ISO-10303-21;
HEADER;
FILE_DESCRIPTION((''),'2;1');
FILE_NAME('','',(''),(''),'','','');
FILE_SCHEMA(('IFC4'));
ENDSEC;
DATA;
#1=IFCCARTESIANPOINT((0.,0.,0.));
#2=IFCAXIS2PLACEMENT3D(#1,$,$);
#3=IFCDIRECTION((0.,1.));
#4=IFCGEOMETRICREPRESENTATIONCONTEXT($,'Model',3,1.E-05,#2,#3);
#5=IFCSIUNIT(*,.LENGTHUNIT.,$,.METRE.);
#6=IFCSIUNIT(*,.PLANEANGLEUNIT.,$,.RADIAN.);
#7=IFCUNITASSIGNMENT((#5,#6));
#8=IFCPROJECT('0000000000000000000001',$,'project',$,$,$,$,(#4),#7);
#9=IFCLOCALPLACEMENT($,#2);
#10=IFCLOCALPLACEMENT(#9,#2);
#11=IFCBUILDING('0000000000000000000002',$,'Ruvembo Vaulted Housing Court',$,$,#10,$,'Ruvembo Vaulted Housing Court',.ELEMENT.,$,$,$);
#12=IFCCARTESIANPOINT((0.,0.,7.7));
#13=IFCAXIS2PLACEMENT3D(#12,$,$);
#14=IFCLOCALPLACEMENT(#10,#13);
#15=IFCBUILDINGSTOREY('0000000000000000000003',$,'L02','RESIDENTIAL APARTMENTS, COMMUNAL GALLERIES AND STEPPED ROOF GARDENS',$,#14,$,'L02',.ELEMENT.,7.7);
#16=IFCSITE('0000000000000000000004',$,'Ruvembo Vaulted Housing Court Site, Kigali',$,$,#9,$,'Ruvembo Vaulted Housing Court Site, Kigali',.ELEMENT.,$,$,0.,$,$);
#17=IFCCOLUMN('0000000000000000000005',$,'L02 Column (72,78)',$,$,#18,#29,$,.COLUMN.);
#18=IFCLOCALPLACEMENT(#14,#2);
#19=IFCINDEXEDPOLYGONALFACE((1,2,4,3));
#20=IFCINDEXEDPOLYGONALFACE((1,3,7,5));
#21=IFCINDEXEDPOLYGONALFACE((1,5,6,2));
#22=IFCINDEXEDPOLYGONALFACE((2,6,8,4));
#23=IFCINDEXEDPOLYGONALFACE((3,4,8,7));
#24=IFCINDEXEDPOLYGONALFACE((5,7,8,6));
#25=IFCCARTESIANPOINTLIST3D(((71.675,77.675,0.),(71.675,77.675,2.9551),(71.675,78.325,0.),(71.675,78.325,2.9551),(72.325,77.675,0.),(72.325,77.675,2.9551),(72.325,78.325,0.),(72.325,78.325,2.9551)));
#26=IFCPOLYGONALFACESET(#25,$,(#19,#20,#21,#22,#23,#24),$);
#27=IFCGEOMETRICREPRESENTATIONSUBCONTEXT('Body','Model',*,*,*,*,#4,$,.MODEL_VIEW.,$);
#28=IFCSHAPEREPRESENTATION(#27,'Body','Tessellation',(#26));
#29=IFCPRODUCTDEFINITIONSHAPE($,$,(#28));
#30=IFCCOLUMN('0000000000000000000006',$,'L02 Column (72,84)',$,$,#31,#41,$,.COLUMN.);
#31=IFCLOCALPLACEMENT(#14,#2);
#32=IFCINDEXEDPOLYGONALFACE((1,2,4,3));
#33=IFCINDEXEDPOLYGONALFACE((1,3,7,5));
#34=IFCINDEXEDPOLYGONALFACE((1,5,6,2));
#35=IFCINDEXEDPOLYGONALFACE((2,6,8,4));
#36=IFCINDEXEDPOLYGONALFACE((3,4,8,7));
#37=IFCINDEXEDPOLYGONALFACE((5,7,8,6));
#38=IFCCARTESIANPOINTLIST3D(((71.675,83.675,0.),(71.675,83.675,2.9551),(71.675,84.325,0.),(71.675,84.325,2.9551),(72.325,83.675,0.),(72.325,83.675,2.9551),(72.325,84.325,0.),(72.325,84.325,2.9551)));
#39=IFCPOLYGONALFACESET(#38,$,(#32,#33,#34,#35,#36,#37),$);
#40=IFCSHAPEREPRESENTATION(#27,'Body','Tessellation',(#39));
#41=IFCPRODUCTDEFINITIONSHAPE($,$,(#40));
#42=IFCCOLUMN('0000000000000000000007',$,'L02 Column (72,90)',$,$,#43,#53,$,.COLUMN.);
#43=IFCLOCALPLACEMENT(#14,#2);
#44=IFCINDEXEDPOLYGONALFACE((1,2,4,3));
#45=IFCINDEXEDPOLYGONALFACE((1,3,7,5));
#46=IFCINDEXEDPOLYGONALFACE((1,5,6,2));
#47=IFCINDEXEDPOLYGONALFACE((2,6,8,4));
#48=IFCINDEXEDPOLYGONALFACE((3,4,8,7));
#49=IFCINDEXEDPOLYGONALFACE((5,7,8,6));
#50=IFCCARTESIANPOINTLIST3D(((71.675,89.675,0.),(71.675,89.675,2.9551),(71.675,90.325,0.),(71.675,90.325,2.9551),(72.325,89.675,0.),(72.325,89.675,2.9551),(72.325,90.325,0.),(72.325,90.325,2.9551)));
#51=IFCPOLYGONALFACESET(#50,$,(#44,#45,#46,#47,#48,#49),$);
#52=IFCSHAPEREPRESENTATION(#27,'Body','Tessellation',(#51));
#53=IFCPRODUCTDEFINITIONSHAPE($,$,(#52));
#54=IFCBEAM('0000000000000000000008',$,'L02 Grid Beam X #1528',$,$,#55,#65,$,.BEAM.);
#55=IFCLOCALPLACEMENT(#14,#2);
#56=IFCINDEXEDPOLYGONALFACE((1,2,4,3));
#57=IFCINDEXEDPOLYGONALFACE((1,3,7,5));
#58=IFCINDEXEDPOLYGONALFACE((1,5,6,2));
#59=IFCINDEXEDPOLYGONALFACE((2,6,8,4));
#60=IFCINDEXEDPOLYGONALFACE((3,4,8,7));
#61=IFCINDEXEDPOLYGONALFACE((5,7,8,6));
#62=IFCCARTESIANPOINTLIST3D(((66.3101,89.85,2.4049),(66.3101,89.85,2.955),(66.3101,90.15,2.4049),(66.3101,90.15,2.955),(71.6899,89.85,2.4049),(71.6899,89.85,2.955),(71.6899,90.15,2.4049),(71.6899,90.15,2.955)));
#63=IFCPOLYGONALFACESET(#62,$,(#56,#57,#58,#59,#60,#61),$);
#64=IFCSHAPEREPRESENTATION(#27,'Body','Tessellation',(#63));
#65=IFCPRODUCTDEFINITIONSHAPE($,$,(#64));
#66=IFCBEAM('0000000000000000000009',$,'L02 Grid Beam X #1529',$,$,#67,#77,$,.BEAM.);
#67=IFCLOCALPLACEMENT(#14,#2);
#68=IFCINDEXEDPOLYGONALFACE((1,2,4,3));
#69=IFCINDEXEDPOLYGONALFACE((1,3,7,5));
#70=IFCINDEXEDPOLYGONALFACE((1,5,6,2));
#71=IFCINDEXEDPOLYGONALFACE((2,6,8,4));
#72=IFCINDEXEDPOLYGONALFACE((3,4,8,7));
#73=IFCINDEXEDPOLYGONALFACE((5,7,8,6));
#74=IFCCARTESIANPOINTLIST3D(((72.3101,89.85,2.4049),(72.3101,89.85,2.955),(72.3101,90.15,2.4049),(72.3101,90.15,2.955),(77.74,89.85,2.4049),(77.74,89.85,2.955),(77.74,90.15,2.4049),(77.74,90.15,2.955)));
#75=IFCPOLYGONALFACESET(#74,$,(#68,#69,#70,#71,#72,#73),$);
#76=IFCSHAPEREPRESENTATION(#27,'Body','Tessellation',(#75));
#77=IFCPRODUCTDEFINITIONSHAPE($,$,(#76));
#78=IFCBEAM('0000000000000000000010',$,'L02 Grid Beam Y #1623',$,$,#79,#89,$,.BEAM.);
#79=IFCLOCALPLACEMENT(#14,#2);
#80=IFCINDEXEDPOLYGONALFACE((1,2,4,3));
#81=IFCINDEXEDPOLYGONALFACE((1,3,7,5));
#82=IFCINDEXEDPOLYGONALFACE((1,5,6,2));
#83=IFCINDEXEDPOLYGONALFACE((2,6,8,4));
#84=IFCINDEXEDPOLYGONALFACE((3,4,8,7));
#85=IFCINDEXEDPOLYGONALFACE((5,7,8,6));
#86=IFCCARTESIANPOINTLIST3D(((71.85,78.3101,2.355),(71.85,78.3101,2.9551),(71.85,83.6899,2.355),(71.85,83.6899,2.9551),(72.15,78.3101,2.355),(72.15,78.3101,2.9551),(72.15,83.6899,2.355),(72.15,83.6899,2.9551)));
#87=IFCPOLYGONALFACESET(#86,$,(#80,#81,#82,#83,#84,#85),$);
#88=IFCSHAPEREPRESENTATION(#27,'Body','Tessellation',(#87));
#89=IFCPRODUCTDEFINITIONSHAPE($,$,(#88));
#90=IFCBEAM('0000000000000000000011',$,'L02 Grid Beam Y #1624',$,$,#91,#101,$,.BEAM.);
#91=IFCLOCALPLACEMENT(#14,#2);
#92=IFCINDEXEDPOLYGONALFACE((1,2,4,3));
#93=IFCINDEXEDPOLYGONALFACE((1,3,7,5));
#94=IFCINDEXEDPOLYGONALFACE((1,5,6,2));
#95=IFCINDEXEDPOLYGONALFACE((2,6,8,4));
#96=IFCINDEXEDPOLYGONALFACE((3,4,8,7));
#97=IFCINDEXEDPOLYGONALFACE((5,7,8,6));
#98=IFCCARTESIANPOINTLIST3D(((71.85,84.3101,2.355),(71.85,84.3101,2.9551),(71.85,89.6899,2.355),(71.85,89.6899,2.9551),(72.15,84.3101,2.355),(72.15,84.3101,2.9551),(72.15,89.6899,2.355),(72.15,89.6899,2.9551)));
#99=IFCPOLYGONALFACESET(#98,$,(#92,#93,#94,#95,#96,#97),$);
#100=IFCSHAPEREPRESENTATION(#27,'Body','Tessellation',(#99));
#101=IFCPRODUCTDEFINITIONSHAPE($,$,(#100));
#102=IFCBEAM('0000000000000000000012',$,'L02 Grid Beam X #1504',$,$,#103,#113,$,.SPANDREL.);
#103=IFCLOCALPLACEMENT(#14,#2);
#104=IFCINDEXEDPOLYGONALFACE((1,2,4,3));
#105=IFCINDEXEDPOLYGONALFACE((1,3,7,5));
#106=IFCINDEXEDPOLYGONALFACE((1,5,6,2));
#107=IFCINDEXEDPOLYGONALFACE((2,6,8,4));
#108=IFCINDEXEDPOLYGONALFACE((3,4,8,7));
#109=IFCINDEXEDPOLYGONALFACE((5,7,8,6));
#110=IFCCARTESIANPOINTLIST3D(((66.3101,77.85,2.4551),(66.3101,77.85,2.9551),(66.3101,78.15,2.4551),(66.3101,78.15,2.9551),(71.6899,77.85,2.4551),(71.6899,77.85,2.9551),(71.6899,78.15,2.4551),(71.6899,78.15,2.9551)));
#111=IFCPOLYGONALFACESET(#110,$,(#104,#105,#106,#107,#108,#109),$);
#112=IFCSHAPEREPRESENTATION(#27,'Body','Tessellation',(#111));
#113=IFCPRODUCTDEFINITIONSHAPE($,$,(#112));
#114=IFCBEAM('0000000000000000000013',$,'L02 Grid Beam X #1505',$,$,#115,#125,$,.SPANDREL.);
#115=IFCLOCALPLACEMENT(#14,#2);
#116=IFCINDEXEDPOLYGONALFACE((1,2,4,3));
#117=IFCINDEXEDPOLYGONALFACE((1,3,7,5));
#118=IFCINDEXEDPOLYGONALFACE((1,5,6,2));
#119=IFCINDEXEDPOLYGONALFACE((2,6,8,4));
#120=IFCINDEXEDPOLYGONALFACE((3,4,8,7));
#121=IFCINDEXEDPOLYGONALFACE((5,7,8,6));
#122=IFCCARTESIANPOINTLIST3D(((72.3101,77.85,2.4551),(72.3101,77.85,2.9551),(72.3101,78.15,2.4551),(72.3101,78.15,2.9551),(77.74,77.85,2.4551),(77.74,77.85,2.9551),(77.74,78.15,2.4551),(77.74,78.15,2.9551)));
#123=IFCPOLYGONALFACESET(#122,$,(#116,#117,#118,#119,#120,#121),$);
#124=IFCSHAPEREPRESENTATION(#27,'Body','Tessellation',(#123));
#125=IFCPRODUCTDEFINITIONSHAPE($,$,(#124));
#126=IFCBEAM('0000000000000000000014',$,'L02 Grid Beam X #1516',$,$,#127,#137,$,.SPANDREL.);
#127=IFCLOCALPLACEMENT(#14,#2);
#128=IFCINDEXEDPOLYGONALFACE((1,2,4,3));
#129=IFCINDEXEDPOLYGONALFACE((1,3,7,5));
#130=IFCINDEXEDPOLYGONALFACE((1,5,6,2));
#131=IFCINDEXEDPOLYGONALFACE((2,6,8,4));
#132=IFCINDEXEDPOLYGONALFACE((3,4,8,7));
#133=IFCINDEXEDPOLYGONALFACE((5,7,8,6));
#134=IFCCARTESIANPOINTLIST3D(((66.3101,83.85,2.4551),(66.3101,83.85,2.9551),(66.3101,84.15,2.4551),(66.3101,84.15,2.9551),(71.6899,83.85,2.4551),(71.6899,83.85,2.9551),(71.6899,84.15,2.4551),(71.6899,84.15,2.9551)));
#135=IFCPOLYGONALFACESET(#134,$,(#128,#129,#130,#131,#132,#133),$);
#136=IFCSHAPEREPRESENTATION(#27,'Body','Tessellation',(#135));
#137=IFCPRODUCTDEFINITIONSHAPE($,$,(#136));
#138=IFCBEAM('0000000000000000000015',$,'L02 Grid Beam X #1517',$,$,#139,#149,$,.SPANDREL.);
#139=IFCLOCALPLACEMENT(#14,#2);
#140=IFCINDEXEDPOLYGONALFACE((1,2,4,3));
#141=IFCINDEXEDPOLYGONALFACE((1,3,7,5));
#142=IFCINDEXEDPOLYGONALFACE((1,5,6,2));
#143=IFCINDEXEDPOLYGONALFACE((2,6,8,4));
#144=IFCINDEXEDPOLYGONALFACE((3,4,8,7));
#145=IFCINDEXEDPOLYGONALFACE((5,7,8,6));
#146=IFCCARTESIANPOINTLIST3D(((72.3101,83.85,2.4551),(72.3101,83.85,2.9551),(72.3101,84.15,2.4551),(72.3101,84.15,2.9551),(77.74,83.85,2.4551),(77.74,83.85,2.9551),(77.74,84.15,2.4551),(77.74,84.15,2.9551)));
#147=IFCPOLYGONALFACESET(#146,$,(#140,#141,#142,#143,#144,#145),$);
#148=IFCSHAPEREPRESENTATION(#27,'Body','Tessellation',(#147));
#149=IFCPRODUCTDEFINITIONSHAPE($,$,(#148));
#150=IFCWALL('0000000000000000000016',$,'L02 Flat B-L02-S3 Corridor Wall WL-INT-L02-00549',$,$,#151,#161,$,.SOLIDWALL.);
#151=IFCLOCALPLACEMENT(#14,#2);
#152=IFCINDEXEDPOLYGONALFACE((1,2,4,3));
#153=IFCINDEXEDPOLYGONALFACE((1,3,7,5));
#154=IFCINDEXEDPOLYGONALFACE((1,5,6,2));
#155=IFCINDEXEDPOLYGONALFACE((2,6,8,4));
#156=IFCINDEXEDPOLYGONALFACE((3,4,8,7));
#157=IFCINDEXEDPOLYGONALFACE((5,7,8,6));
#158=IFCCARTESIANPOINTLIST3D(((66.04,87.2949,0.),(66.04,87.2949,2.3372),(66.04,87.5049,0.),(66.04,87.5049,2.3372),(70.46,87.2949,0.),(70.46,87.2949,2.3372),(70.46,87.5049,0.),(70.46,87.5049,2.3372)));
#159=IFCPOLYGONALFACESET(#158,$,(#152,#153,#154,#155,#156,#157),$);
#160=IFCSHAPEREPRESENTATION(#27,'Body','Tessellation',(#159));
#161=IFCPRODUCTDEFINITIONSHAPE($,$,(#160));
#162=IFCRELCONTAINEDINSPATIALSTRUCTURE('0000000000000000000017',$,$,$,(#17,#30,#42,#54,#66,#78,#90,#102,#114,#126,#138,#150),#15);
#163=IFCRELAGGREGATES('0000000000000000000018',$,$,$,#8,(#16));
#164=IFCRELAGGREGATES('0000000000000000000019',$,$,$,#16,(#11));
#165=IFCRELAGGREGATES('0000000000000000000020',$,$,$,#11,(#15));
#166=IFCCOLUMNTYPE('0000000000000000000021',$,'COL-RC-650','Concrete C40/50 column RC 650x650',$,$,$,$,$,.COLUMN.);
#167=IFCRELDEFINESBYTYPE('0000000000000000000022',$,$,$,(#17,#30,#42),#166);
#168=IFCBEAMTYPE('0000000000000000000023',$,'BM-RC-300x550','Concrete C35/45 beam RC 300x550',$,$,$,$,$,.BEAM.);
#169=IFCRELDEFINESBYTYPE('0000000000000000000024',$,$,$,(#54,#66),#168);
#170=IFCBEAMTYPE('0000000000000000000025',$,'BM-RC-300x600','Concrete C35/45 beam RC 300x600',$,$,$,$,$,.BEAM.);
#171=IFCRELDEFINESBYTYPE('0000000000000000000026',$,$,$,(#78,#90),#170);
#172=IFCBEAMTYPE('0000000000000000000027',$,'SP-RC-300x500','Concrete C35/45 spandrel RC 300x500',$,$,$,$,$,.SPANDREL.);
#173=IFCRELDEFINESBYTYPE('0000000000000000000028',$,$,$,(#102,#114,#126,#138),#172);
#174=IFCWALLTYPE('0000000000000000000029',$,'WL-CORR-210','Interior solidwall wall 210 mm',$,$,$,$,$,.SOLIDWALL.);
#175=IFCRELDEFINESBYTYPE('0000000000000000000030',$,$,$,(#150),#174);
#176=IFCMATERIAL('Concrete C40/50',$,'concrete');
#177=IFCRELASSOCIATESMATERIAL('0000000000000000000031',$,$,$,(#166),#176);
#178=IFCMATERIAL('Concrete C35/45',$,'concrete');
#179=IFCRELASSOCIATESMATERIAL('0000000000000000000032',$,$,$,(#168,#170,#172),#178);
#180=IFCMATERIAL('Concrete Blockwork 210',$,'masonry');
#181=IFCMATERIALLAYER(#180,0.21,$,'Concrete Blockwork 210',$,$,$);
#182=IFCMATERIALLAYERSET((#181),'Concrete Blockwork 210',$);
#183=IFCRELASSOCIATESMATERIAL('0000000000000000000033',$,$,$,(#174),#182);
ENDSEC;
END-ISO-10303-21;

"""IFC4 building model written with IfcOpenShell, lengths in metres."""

from ifc_helpers import new_model, si_unit, direction, frame, frame_2d, origin, origin_2d, place, context, subcontext, project, spatial, rectangle, extrude, material, layer, layer_set, material_profile, profile_set, type_object, element, save


model = new_model("IFC4")

# Units and contexts
model_context = context("Model", 3, precision=1e-05, world=origin(), true_north=direction((0.0, 1.0)))
body_context = subcontext(model_context, "Body", "Model", "MODEL_VIEW")
ifc_project = project(units=[si_unit("LENGTHUNIT", "METRE"), si_unit("PLANEANGLEUNIT", "RADIAN")], contexts=[model_context])

# Site, building, storey
site_placement = place(None, origin())
site = spatial("IfcSite", under=ifc_project, at=site_placement, Name="Ruvembo Vaulted Housing Court Site, Kigali", LongName="Ruvembo Vaulted Housing Court Site, Kigali", CompositionType="ELEMENT", RefElevation=0.0)
building_placement = place(site_placement, origin())
building = spatial("IfcBuilding", under=site, at=building_placement, Name="Ruvembo Vaulted Housing Court", LongName="Ruvembo Vaulted Housing Court", CompositionType="ELEMENT")
storey_placement = place(building_placement, frame((0.0, 0.0, 7.7)))
storey = spatial("IfcBuildingStorey", under=building, at=storey_placement, Name="L02", Description="RESIDENTIAL APARTMENTS, COMMUNAL GALLERIES AND STEPPED ROOF GARDENS", LongName="L02", CompositionType="ELEMENT", Elevation=7.7)

# Columns
ifc_material_1 = material(Name="Concrete C40/50", Category="concrete")
ifc_material_profile_1 = material_profile(ifc_material_1, rectangle(XDim=0.6499, YDim=0.6499, at=origin_2d()), Name="RC 650x650")
ifc_profile_set_1 = profile_set([ifc_material_profile_1], Name="Concrete C40/50")
column_type = type_object("IfcColumnType", Name="COL-RC-650", Description="Concrete C40/50 column RC 650x650", PredefinedType="COLUMN", material=ifc_profile_set_1)
for number, where, z_axis, x_axis, name in (
    (1, (72.0, 78.0, 0.0), (0.0, 0.0, 1.0), (1.0, 0.0, 0.0), "L02 Column (72,78)"),
    (2, (72.0, 84.0, 0.0), (0.0, 0.0, 1.0), (1.0, 0.0, 0.0), "L02 Column (72,84)"),
    (3, (72.0, 90.0, 0.0), (0.0, 0.0, 1.0), (1.0, 0.0, 0.0), "L02 Column (72,90)"),
):
    element("IfcColumn", number, at=place(storey_placement, frame(where, z_axis=z_axis, x_axis=x_axis)), inside=storey, type_object=column_type, Name=name, PredefinedType="COLUMN", context=body_context, shape_type="SweptSolid", body=[
        extrude(rectangle(XDim=0.6499, YDim=0.6499, at=origin_2d()), origin(), (0.0, 0.0, 1.0), 2.9551),
    ])

# Beams
ifc_material_2 = material(Name="Concrete C35/45", Category="concrete")
ifc_material_profile_2 = material_profile(ifc_material_2, rectangle(XDim=0.3, YDim=0.55, at=origin_2d()), Name="RC 300x550")
ifc_profile_set_2 = profile_set([ifc_material_profile_2], Name="Concrete C35/45")
beam_type_1 = type_object("IfcBeamType", Name="BM-RC-300x550", Description="Concrete C35/45 beam RC 300x550", PredefinedType="BEAM", material=ifc_profile_set_2)
beam_1_placement = place(storey_placement, frame((66.3101, 90.0, 2.6799), z_axis=(1.0, 0.0, 0.0), x_axis=(0.0, 1.0, 0.0)))
element("IfcBeam", 4, at=beam_1_placement, inside=storey, type_object=beam_type_1, Name="L02 Grid Beam X #1528", PredefinedType="BEAM", context=body_context, shape_type="SweptSolid", body=[
    extrude(rectangle(XDim=0.3, YDim=0.55, at=origin_2d()), origin(), (0.0, 0.0, 1.0), 5.3799),
])
beam_2_placement = place(storey_placement, frame((72.3101, 90.0, 2.6799), z_axis=(1.0, 0.0, 0.0), x_axis=(0.0, 1.0, 0.0)))
element("IfcBeam", 5, at=beam_2_placement, inside=storey, type_object=beam_type_1, Name="L02 Grid Beam X #1529", PredefinedType="BEAM", context=body_context, shape_type="SweptSolid", body=[
    extrude(rectangle(XDim=0.3, YDim=0.55, at=origin_2d()), origin(), (0.0, 0.0, 1.0), 5.4299),
])
ifc_material_profile_3 = material_profile(ifc_material_2, rectangle(XDim=0.3, YDim=0.6001, at=origin_2d()), Name="RC 300x600")
ifc_profile_set_3 = profile_set([ifc_material_profile_3], Name="Concrete C35/45")
beam_type_2 = type_object("IfcBeamType", Name="BM-RC-300x600", Description="Concrete C35/45 beam RC 300x600", PredefinedType="BEAM", material=ifc_profile_set_3)
for number, where, z_axis, x_axis, name in (
    (6, (72.0, 78.3101, 2.655), (0.0, 1.0, 0.0), (-1.0, 0.0, 0.0), "L02 Grid Beam Y #1623"),
    (7, (72.0, 84.3101, 2.655), (0.0, 1.0, 0.0), (-1.0, 0.0, 0.0), "L02 Grid Beam Y #1624"),
):
    element("IfcBeam", number, at=place(storey_placement, frame(where, z_axis=z_axis, x_axis=x_axis)), inside=storey, type_object=beam_type_2, Name=name, PredefinedType="BEAM", context=body_context, shape_type="SweptSolid", body=[
        extrude(rectangle(XDim=0.3, YDim=0.6001, at=origin_2d()), origin(), (0.0, 0.0, 1.0), 5.3799),
    ])
ifc_material_profile_4 = material_profile(ifc_material_2, rectangle(XDim=0.3, YDim=0.5, at=origin_2d()), Name="RC 300x500")
ifc_profile_set_4 = profile_set([ifc_material_profile_4], Name="Concrete C35/45")
beam_type_3 = type_object("IfcBeamType", Name="SP-RC-300x500", Description="Concrete C35/45 spandrel RC 300x500", PredefinedType="SPANDREL", material=ifc_profile_set_4)
beam_3_placement = place(storey_placement, frame((66.3101, 78.0, 2.7051), z_axis=(1.0, 0.0, 0.0), x_axis=(0.0, 1.0, 0.0)))
element("IfcBeam", 8, at=beam_3_placement, inside=storey, type_object=beam_type_3, Name="L02 Grid Beam X #1504", PredefinedType="SPANDREL", context=body_context, shape_type="SweptSolid", body=[
    extrude(rectangle(XDim=0.3, YDim=0.5, at=origin_2d()), origin(), (0.0, 0.0, 1.0), 5.3799),
])
beam_4_placement = place(storey_placement, frame((72.3101, 78.0, 2.7051), z_axis=(1.0, 0.0, 0.0), x_axis=(0.0, 1.0, 0.0)))
element("IfcBeam", 9, at=beam_4_placement, inside=storey, type_object=beam_type_3, Name="L02 Grid Beam X #1505", PredefinedType="SPANDREL", context=body_context, shape_type="SweptSolid", body=[
    extrude(rectangle(XDim=0.3, YDim=0.5, at=origin_2d()), origin(), (0.0, 0.0, 1.0), 5.4299),
])
beam_5_placement = place(storey_placement, frame((66.3101, 84.0, 2.7051), z_axis=(1.0, 0.0, 0.0), x_axis=(0.0, 1.0, 0.0)))
element("IfcBeam", 10, at=beam_5_placement, inside=storey, type_object=beam_type_3, Name="L02 Grid Beam X #1516", PredefinedType="SPANDREL", context=body_context, shape_type="SweptSolid", body=[
    extrude(rectangle(XDim=0.3, YDim=0.5, at=origin_2d()), origin(), (0.0, 0.0, 1.0), 5.3799),
])
beam_6_placement = place(storey_placement, frame((72.3101, 84.0, 2.7051), z_axis=(1.0, 0.0, 0.0), x_axis=(0.0, 1.0, 0.0)))
element("IfcBeam", 11, at=beam_6_placement, inside=storey, type_object=beam_type_3, Name="L02 Grid Beam X #1517", PredefinedType="SPANDREL", context=body_context, shape_type="SweptSolid", body=[
    extrude(rectangle(XDim=0.3, YDim=0.5, at=origin_2d()), origin(), (0.0, 0.0, 1.0), 5.4299),
])

# Wall
ifc_material_3 = material(Name="Concrete Blockwork 210", Category="masonry")
ifc_layer_1 = layer(ifc_material_3, 0.21, Name="Concrete Blockwork 210")
ifc_layer_set_1 = layer_set([ifc_layer_1], Name="Concrete Blockwork 210")
wall_type_1 = type_object("IfcWallType", Name="WL-CORR-210", Description="Interior solidwall wall 210 mm", PredefinedType="SOLIDWALL", material=ifc_layer_set_1)
wall_1_placement = place(storey_placement, frame((66.04, 87.3999, 0.0), z_axis=(0.0, 0.0, 1.0), x_axis=(1.0, 0.0, 0.0)))
element("IfcWall", 12, at=wall_1_placement, inside=storey, type_object=wall_type_1, Name="L02 Flat B-L02-S3 Corridor Wall WL-INT-L02-00549", PredefinedType="SOLIDWALL", context=body_context, shape_type="SweptSolid", body=[
    extrude(rectangle(XDim=4.4199, YDim=0.21, at=frame_2d((2.21, 0.0))), origin(), (0.0, 0.0, 1.0), 2.3372),
])

save(model, "model.ifc")
